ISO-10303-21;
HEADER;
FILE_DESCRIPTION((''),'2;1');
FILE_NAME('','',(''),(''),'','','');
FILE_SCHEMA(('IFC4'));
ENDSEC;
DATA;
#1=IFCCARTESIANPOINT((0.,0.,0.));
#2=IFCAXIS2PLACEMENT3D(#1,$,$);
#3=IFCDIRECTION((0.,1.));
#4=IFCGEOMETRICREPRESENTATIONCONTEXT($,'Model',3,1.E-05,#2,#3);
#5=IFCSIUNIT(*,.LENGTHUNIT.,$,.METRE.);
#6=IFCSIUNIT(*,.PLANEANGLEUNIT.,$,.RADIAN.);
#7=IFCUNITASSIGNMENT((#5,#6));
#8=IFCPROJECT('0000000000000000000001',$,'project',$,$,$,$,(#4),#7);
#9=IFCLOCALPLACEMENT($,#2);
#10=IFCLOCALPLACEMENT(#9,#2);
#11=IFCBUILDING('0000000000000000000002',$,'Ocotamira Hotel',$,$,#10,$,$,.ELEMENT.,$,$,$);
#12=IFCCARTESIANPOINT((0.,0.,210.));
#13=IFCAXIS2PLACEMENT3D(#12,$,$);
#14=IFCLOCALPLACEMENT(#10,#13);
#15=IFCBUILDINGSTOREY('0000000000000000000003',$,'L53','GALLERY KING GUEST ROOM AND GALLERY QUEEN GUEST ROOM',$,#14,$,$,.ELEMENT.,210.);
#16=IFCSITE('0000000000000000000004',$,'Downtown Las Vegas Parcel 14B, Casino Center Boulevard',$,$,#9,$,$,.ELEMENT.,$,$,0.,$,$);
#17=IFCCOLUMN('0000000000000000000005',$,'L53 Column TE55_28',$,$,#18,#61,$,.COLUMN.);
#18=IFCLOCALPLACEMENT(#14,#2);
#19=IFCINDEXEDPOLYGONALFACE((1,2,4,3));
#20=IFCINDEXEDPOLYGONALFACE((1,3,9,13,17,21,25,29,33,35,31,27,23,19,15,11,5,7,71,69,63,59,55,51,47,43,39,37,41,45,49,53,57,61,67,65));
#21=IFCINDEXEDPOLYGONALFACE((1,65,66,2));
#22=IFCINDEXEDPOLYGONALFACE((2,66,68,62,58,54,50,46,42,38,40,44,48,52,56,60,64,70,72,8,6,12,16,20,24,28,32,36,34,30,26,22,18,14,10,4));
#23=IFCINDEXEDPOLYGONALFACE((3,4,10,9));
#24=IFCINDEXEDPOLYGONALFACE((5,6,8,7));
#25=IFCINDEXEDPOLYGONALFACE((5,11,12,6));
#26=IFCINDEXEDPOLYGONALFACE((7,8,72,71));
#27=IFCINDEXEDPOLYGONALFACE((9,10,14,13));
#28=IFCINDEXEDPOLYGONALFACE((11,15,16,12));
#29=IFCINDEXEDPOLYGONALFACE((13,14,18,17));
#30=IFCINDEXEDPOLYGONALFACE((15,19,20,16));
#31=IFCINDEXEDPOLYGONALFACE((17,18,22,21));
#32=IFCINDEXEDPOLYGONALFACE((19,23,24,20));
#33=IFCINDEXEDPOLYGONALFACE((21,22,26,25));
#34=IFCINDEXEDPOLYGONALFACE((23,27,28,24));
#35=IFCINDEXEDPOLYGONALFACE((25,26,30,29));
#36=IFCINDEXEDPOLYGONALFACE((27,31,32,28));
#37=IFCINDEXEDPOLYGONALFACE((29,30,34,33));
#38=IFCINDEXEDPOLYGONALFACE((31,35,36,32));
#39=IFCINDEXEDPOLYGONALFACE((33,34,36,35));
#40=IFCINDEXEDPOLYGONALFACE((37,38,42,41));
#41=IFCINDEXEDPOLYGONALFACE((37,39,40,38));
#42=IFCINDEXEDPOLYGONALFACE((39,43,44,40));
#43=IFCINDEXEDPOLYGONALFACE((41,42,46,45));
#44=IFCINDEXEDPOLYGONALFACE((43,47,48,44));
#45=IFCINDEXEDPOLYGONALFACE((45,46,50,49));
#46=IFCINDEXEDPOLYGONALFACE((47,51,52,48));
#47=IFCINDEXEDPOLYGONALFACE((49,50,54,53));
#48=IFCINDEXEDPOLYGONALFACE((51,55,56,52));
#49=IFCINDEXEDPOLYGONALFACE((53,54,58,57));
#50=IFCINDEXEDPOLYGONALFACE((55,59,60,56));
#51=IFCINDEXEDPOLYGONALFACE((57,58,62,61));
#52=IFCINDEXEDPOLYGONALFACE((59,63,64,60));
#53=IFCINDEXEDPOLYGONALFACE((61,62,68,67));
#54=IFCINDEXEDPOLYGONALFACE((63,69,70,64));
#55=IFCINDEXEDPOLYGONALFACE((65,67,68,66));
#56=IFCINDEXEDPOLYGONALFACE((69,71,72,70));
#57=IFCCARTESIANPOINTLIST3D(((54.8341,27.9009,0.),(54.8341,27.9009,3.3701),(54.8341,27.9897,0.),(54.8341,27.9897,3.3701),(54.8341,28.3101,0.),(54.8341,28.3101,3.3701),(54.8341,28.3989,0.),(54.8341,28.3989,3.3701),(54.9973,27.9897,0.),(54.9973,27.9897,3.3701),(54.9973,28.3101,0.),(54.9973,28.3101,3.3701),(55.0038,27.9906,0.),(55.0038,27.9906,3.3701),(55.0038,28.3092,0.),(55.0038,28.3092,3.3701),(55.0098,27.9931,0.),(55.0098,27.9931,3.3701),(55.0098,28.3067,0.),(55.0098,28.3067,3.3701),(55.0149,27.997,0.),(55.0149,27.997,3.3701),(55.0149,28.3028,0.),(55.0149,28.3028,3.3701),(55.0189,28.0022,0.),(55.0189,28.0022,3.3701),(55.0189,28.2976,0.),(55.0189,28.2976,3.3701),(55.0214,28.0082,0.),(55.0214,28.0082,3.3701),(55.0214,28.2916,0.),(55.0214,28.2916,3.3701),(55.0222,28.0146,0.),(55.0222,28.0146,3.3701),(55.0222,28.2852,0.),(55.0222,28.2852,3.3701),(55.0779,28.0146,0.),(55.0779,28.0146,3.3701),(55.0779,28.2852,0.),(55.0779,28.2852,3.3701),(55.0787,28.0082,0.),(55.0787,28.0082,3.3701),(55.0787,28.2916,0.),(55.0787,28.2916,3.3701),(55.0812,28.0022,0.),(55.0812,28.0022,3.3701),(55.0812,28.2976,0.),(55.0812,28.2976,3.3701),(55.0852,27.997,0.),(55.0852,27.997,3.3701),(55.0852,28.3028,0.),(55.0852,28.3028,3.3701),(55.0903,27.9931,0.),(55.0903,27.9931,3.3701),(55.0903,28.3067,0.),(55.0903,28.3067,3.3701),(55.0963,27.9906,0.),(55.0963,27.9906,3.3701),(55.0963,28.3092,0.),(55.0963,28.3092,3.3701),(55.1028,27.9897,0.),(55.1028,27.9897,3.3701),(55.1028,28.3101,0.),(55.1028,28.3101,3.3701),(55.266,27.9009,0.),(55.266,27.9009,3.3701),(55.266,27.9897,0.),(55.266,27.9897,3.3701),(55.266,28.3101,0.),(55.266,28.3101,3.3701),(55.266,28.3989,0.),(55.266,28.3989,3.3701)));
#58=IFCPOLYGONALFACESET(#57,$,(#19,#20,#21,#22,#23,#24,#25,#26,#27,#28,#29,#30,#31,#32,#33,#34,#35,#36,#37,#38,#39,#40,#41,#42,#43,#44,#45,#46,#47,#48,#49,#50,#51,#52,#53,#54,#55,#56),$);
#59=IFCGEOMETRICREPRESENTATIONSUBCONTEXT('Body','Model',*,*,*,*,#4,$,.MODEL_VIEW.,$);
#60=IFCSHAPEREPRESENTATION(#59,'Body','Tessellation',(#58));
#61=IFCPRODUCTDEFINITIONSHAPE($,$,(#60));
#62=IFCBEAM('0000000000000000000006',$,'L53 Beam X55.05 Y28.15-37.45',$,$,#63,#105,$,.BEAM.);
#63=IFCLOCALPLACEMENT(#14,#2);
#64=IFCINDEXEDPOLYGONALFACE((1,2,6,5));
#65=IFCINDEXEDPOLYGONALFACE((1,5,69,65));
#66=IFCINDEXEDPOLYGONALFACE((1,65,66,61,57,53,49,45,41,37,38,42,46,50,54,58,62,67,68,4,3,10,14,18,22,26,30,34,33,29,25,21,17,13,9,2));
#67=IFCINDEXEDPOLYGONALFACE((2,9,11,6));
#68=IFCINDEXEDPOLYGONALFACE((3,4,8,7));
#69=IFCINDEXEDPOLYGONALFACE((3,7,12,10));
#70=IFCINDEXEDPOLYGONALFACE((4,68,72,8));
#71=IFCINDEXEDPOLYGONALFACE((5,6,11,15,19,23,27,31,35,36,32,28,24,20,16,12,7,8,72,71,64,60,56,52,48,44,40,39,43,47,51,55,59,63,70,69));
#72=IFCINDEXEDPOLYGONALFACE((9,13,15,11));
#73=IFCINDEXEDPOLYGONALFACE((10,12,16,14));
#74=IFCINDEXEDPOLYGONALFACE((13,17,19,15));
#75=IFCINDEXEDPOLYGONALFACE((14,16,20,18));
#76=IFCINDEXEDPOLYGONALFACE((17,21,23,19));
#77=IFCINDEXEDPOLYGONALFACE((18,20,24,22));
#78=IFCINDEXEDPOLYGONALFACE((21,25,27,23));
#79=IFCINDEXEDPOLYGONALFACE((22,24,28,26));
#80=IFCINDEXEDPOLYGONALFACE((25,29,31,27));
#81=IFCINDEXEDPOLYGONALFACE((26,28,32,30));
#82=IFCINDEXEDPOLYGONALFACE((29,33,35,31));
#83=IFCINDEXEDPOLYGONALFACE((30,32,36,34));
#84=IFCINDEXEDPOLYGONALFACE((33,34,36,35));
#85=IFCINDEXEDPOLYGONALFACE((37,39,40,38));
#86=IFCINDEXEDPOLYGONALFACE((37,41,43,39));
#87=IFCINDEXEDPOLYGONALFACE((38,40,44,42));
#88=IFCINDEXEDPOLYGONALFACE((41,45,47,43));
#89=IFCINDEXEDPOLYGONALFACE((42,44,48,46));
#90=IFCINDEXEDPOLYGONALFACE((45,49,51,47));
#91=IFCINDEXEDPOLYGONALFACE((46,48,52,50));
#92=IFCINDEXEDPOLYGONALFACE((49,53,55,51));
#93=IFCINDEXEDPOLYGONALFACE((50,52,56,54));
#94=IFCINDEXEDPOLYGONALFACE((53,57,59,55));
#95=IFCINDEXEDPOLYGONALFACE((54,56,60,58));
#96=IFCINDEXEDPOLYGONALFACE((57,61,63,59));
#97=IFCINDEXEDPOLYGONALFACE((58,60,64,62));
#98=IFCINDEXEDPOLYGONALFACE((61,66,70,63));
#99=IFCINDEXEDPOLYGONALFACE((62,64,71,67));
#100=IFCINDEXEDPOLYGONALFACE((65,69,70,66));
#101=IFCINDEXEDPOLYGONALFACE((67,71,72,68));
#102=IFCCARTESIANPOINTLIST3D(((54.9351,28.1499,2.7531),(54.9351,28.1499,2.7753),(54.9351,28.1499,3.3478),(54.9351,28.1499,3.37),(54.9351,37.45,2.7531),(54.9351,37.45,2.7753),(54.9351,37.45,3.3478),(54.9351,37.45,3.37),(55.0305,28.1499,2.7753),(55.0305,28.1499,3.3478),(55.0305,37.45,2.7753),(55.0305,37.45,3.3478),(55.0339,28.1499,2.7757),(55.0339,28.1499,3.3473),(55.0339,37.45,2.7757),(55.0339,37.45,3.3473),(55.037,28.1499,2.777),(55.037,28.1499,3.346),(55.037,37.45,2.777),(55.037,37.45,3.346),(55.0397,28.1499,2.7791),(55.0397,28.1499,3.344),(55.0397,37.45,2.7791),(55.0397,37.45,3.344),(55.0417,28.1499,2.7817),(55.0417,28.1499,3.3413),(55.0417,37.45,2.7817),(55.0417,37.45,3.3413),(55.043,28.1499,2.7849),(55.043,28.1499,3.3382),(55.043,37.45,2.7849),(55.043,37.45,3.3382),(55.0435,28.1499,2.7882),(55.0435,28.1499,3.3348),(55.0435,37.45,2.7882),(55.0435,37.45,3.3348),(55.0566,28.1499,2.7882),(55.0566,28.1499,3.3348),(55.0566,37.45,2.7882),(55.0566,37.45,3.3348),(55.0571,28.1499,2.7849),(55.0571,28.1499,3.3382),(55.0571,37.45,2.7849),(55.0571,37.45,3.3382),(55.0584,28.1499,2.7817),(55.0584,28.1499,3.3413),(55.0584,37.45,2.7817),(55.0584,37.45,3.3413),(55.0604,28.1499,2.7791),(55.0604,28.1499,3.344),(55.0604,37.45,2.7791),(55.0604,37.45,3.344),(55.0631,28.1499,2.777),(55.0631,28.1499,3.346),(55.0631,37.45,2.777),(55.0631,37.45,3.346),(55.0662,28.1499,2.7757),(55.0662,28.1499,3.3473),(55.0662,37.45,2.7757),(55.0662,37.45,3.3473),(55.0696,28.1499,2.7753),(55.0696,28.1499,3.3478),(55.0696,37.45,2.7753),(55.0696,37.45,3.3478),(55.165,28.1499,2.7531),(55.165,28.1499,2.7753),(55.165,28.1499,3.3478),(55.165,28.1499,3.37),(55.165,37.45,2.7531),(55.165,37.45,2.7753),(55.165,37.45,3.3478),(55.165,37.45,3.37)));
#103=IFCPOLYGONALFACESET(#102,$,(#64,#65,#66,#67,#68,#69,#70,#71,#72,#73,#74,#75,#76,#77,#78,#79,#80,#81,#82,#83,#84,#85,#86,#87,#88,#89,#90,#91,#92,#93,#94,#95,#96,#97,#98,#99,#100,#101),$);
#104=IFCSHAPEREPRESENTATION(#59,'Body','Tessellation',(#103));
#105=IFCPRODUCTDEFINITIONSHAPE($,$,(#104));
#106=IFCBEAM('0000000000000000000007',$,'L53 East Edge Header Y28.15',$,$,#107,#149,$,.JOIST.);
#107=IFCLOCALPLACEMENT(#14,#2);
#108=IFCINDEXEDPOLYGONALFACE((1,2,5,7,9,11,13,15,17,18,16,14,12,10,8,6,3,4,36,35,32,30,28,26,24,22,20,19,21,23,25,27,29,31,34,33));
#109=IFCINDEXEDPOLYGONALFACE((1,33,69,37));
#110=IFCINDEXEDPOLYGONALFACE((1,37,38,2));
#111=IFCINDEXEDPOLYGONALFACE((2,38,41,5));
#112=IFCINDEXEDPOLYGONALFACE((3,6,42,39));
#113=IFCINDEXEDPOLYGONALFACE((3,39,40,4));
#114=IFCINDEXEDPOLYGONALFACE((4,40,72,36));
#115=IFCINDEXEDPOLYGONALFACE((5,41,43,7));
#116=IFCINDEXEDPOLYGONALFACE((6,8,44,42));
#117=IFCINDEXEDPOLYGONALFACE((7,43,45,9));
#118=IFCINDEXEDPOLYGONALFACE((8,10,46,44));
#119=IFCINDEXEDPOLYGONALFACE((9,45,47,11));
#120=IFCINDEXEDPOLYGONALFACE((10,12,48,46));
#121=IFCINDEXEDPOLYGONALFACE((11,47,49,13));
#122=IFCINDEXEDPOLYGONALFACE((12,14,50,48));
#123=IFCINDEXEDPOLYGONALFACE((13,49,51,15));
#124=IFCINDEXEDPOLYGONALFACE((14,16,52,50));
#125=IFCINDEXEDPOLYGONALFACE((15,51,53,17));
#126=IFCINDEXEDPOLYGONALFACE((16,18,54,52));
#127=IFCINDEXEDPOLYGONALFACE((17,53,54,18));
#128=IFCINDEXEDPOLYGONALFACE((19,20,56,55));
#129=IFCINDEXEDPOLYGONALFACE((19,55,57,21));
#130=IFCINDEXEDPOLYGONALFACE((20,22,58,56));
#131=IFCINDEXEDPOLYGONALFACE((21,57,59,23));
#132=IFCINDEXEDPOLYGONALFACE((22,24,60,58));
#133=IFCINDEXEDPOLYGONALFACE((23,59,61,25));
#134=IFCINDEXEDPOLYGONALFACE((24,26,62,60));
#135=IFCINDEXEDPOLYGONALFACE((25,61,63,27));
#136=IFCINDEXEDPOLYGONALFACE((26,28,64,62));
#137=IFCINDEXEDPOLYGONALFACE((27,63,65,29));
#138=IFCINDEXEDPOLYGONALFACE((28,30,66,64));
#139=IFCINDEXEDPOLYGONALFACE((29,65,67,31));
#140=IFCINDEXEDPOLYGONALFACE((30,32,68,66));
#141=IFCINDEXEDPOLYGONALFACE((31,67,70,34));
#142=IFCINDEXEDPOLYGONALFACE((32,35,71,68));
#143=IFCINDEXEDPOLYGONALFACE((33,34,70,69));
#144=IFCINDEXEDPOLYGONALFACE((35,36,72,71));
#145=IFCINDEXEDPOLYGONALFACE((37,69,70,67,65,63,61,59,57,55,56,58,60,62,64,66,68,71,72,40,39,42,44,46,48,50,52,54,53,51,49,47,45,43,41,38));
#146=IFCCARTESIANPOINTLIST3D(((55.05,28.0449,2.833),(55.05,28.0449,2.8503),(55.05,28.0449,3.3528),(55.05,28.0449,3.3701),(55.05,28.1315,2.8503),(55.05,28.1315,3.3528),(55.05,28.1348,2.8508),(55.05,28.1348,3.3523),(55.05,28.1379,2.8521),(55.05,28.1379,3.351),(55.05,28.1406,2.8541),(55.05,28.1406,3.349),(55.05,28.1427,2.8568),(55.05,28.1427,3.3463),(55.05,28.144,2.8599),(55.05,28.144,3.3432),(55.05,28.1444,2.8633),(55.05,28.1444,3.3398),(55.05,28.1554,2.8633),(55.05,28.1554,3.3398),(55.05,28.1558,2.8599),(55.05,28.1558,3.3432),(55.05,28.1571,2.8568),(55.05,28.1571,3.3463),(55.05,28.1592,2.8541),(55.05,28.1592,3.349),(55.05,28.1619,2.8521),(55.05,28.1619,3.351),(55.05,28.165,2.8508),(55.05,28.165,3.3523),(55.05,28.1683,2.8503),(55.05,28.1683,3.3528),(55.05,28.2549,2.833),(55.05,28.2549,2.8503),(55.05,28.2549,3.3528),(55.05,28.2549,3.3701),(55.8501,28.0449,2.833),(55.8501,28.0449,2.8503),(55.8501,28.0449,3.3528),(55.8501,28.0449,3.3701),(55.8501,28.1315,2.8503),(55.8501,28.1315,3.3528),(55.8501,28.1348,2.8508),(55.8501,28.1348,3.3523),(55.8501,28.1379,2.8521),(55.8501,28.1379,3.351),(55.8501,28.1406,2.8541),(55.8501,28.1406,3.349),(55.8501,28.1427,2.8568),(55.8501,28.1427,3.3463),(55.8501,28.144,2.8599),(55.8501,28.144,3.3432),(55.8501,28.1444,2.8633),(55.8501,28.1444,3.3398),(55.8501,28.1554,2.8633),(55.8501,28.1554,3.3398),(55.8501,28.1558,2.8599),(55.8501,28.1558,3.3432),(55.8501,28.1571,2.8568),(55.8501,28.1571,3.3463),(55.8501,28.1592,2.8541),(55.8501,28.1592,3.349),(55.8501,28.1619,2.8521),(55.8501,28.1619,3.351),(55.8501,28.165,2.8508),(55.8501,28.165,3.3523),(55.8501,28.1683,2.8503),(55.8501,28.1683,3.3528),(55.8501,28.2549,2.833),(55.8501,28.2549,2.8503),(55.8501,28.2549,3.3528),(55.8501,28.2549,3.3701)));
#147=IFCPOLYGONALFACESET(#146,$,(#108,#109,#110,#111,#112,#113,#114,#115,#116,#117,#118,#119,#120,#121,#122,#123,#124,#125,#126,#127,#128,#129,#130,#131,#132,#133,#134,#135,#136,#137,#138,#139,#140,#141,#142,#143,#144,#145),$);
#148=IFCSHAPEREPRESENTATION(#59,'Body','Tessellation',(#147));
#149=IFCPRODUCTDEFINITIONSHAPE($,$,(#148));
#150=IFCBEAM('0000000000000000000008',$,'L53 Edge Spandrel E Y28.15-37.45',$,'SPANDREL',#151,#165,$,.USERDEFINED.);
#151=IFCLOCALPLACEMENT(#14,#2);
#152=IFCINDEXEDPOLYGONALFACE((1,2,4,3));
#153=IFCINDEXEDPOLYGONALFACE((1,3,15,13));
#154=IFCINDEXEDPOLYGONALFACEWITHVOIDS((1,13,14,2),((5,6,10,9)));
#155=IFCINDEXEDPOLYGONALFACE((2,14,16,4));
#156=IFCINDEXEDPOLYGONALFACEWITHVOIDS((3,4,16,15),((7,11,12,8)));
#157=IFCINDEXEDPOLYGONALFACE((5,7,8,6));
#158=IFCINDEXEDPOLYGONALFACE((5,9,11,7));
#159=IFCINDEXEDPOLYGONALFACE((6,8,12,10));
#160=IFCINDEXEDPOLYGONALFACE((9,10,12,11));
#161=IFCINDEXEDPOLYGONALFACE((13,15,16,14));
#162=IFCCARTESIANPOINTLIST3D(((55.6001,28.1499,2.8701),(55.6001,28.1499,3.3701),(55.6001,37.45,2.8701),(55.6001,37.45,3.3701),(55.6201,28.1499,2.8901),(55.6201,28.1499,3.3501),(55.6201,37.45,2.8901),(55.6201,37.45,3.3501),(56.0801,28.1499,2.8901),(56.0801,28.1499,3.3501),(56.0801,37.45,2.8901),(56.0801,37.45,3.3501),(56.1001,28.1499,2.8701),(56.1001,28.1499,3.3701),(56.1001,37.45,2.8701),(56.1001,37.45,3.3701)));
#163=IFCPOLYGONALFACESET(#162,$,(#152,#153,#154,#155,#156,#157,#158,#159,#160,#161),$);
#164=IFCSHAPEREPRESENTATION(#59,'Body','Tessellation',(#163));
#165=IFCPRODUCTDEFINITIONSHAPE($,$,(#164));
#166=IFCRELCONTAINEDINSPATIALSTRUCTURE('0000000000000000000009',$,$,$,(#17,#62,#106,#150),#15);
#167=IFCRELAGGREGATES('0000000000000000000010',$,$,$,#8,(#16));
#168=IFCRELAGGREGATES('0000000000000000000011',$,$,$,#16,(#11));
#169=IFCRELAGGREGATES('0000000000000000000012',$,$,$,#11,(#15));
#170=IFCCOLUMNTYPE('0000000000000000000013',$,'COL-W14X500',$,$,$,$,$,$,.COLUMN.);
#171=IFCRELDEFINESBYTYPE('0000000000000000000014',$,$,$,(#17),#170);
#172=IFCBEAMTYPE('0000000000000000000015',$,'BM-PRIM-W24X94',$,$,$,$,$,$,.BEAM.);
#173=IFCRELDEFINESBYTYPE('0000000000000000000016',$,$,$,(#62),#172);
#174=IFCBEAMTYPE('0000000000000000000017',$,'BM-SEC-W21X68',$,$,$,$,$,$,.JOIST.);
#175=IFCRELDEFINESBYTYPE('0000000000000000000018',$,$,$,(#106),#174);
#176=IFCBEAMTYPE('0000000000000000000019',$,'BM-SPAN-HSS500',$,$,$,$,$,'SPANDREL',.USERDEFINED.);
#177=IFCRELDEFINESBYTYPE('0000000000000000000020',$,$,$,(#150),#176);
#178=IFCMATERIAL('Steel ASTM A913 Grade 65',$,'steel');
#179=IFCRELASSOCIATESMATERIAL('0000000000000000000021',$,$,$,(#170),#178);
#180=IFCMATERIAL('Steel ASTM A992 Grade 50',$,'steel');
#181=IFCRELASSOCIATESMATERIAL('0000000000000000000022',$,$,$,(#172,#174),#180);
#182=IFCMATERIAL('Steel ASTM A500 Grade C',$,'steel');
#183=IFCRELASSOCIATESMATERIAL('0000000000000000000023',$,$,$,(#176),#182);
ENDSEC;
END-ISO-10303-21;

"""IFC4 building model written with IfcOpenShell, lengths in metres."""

from ifc_helpers import new_model, si_unit, direction, frame, origin, origin_2d, place, context, subcontext, project, spatial, hollow_rectangle, i_section, extrude, source, transform, mapped, material, material_profile, profile_set, type_object, element, save


model = new_model("IFC4")

# Units and contexts
model_context = context("Model", 3, precision=1e-05, world=origin(), true_north=direction((0.0, 1.0)))
body_context = subcontext(model_context, "Body", "Model", "MODEL_VIEW")
ifc_project = project(units=[si_unit("LENGTHUNIT", "METRE"), si_unit("PLANEANGLEUNIT", "RADIAN")], contexts=[model_context])

# Site, building, storey
site_placement = place(None, origin())
site = spatial("IfcSite", under=ifc_project, at=site_placement, Name="Downtown Las Vegas Parcel 14B, Casino Center Boulevard", CompositionType="ELEMENT", RefElevation=0.0)
building_placement = place(site_placement, origin())
building = spatial("IfcBuilding", under=site, at=building_placement, Name="Ocotamira Hotel", CompositionType="ELEMENT")
storey_placement = place(building_placement, frame((0.0, 0.0, 210.0)))
storey = spatial("IfcBuildingStorey", under=building, at=storey_placement, Name="L53", Description="GALLERY KING GUEST ROOM AND GALLERY QUEEN GUEST ROOM", CompositionType="ELEMENT", Elevation=210.0)

# Column
ifc_material_1 = material(Name="Steel ASTM A913 Grade 65", Category="steel")
ifc_material_profile_1 = material_profile(ifc_material_1, i_section(OverallWidth=0.4319, OverallDepth=0.498, WebThickness=0.0557, FlangeThickness=0.0889, FilletRadius=0.0249, at=origin_2d()), Name="W14X500")
ifc_profile_set_1 = profile_set([ifc_material_profile_1], Name="Steel ASTM A913 Grade 65")
column_type = type_object("IfcColumnType", Name="COL-W14X500", PredefinedType="COLUMN", material=ifc_profile_set_1)
shared_shape_1 = source(origin(), body_context, "Body", "SweptSolid", [
    extrude(i_section(OverallWidth=0.4319, OverallDepth=0.498, WebThickness=0.0557, FlangeThickness=0.0889, FilletRadius=0.0249, at=origin_2d()), origin(), (0.0, 0.0, 1.0), 3.3701),
])
column_placement = place(storey_placement, frame((55.05, 28.1499, 0.0), z_axis=(0.0, 0.0, 1.0), x_axis=(1.0, 0.0, 0.0)))
element("IfcColumn", 1, at=column_placement, inside=storey, type_object=column_type, Name="L53 Column TE55_28", PredefinedType="COLUMN", context=body_context, shape_type="MappedRepresentation", body=[
    mapped(shared_shape_1, transform((0.0, 0.0, 0.0), scale=1.0)),
])

# Beams
ifc_material_2 = material(Name="Steel ASTM A992 Grade 50", Category="steel")
ifc_material_profile_2 = material_profile(ifc_material_2, i_section(OverallWidth=0.23, OverallDepth=0.6169, WebThickness=0.0132, FlangeThickness=0.0222, FilletRadius=0.0129, at=origin_2d()), Name="W24X94")
ifc_profile_set_2 = profile_set([ifc_material_profile_2], Name="Steel ASTM A992 Grade 50")
beam_type_1 = type_object("IfcBeamType", Name="BM-PRIM-W24X94", PredefinedType="BEAM", material=ifc_profile_set_2)
shared_shape_2 = source(origin(), body_context, "Body", "SweptSolid", [
    extrude(i_section(OverallWidth=0.23, OverallDepth=0.6169, WebThickness=0.0132, FlangeThickness=0.0222, FilletRadius=0.0129, at=origin_2d()), origin(), (0.0, 0.0, 1.0), 9.3),
])
beam_1_placement = place(storey_placement, frame((55.05, 28.1499, 3.0615), z_axis=(0.0, 1.0, 0.0), x_axis=(-1.0, 0.0, 0.0)))
element("IfcBeam", 2, at=beam_1_placement, inside=storey, type_object=beam_type_1, Name="L53 Beam X55.05 Y28.15-37.45", PredefinedType="BEAM", context=body_context, shape_type="MappedRepresentation", body=[
    mapped(shared_shape_2, transform((0.0, 0.0, 0.0), scale=1.0)),
])
ifc_material_profile_3 = material_profile(ifc_material_2, i_section(OverallWidth=0.21, OverallDepth=0.5371, WebThickness=0.011, FlangeThickness=0.0173, FilletRadius=0.0129, at=origin_2d()), Name="W21X68")
ifc_profile_set_3 = profile_set([ifc_material_profile_3], Name="Steel ASTM A992 Grade 50")
beam_type_2 = type_object("IfcBeamType", Name="BM-SEC-W21X68", PredefinedType="JOIST", material=ifc_profile_set_3)
shared_shape_3 = source(origin(), body_context, "Body", "SweptSolid", [
    extrude(i_section(OverallWidth=0.21, OverallDepth=0.5371, WebThickness=0.011, FlangeThickness=0.0173, FilletRadius=0.0129, at=origin_2d()), origin(), (0.0, 0.0, 1.0), 0.8),
])
beam_2_placement = place(storey_placement, frame((55.05, 28.1499, 3.1016), z_axis=(1.0, 0.0, 0.0), x_axis=(0.0, 1.0, 0.0)))
element("IfcBeam", 3, at=beam_2_placement, inside=storey, type_object=beam_type_2, Name="L53 East Edge Header Y28.15", PredefinedType="JOIST", context=body_context, shape_type="MappedRepresentation", body=[
    mapped(shared_shape_3, transform((0.0, 0.0, 0.0), scale=1.0)),
])
ifc_material_3 = material(Name="Steel ASTM A500 Grade C", Category="steel")
ifc_material_profile_4 = material_profile(ifc_material_3, hollow_rectangle(XDim=0.5, YDim=0.5, WallThickness=0.02, at=origin_2d()), Name="HSS500X500X20")
ifc_profile_set_4 = profile_set([ifc_material_profile_4], Name="Steel ASTM A500 Grade C")
beam_type_3 = type_object("IfcBeamType", Name="BM-SPAN-HSS500", ElementType="SPANDREL", PredefinedType="USERDEFINED", material=ifc_profile_set_4)
shared_shape_4 = source(origin(), body_context, "Body", "SweptSolid", [
    extrude(hollow_rectangle(XDim=0.5, YDim=0.5, WallThickness=0.02, at=origin_2d()), origin(), (0.0, 0.0, 1.0), 9.3),
])
beam_3_placement = place(storey_placement, frame((55.8501, 28.1499, 3.1201), z_axis=(0.0, 1.0, 0.0), x_axis=(-1.0, 0.0, 0.0)))
element("IfcBeam", 4, at=beam_3_placement, inside=storey, type_object=beam_type_3, Name="L53 Edge Spandrel E Y28.15-37.45", ObjectType="SPANDREL", PredefinedType="USERDEFINED", context=body_context, shape_type="MappedRepresentation", body=[
    mapped(shared_shape_4, transform((0.0, 0.0, 0.0), scale=1.0)),
])

save(model, "model.ifc")
